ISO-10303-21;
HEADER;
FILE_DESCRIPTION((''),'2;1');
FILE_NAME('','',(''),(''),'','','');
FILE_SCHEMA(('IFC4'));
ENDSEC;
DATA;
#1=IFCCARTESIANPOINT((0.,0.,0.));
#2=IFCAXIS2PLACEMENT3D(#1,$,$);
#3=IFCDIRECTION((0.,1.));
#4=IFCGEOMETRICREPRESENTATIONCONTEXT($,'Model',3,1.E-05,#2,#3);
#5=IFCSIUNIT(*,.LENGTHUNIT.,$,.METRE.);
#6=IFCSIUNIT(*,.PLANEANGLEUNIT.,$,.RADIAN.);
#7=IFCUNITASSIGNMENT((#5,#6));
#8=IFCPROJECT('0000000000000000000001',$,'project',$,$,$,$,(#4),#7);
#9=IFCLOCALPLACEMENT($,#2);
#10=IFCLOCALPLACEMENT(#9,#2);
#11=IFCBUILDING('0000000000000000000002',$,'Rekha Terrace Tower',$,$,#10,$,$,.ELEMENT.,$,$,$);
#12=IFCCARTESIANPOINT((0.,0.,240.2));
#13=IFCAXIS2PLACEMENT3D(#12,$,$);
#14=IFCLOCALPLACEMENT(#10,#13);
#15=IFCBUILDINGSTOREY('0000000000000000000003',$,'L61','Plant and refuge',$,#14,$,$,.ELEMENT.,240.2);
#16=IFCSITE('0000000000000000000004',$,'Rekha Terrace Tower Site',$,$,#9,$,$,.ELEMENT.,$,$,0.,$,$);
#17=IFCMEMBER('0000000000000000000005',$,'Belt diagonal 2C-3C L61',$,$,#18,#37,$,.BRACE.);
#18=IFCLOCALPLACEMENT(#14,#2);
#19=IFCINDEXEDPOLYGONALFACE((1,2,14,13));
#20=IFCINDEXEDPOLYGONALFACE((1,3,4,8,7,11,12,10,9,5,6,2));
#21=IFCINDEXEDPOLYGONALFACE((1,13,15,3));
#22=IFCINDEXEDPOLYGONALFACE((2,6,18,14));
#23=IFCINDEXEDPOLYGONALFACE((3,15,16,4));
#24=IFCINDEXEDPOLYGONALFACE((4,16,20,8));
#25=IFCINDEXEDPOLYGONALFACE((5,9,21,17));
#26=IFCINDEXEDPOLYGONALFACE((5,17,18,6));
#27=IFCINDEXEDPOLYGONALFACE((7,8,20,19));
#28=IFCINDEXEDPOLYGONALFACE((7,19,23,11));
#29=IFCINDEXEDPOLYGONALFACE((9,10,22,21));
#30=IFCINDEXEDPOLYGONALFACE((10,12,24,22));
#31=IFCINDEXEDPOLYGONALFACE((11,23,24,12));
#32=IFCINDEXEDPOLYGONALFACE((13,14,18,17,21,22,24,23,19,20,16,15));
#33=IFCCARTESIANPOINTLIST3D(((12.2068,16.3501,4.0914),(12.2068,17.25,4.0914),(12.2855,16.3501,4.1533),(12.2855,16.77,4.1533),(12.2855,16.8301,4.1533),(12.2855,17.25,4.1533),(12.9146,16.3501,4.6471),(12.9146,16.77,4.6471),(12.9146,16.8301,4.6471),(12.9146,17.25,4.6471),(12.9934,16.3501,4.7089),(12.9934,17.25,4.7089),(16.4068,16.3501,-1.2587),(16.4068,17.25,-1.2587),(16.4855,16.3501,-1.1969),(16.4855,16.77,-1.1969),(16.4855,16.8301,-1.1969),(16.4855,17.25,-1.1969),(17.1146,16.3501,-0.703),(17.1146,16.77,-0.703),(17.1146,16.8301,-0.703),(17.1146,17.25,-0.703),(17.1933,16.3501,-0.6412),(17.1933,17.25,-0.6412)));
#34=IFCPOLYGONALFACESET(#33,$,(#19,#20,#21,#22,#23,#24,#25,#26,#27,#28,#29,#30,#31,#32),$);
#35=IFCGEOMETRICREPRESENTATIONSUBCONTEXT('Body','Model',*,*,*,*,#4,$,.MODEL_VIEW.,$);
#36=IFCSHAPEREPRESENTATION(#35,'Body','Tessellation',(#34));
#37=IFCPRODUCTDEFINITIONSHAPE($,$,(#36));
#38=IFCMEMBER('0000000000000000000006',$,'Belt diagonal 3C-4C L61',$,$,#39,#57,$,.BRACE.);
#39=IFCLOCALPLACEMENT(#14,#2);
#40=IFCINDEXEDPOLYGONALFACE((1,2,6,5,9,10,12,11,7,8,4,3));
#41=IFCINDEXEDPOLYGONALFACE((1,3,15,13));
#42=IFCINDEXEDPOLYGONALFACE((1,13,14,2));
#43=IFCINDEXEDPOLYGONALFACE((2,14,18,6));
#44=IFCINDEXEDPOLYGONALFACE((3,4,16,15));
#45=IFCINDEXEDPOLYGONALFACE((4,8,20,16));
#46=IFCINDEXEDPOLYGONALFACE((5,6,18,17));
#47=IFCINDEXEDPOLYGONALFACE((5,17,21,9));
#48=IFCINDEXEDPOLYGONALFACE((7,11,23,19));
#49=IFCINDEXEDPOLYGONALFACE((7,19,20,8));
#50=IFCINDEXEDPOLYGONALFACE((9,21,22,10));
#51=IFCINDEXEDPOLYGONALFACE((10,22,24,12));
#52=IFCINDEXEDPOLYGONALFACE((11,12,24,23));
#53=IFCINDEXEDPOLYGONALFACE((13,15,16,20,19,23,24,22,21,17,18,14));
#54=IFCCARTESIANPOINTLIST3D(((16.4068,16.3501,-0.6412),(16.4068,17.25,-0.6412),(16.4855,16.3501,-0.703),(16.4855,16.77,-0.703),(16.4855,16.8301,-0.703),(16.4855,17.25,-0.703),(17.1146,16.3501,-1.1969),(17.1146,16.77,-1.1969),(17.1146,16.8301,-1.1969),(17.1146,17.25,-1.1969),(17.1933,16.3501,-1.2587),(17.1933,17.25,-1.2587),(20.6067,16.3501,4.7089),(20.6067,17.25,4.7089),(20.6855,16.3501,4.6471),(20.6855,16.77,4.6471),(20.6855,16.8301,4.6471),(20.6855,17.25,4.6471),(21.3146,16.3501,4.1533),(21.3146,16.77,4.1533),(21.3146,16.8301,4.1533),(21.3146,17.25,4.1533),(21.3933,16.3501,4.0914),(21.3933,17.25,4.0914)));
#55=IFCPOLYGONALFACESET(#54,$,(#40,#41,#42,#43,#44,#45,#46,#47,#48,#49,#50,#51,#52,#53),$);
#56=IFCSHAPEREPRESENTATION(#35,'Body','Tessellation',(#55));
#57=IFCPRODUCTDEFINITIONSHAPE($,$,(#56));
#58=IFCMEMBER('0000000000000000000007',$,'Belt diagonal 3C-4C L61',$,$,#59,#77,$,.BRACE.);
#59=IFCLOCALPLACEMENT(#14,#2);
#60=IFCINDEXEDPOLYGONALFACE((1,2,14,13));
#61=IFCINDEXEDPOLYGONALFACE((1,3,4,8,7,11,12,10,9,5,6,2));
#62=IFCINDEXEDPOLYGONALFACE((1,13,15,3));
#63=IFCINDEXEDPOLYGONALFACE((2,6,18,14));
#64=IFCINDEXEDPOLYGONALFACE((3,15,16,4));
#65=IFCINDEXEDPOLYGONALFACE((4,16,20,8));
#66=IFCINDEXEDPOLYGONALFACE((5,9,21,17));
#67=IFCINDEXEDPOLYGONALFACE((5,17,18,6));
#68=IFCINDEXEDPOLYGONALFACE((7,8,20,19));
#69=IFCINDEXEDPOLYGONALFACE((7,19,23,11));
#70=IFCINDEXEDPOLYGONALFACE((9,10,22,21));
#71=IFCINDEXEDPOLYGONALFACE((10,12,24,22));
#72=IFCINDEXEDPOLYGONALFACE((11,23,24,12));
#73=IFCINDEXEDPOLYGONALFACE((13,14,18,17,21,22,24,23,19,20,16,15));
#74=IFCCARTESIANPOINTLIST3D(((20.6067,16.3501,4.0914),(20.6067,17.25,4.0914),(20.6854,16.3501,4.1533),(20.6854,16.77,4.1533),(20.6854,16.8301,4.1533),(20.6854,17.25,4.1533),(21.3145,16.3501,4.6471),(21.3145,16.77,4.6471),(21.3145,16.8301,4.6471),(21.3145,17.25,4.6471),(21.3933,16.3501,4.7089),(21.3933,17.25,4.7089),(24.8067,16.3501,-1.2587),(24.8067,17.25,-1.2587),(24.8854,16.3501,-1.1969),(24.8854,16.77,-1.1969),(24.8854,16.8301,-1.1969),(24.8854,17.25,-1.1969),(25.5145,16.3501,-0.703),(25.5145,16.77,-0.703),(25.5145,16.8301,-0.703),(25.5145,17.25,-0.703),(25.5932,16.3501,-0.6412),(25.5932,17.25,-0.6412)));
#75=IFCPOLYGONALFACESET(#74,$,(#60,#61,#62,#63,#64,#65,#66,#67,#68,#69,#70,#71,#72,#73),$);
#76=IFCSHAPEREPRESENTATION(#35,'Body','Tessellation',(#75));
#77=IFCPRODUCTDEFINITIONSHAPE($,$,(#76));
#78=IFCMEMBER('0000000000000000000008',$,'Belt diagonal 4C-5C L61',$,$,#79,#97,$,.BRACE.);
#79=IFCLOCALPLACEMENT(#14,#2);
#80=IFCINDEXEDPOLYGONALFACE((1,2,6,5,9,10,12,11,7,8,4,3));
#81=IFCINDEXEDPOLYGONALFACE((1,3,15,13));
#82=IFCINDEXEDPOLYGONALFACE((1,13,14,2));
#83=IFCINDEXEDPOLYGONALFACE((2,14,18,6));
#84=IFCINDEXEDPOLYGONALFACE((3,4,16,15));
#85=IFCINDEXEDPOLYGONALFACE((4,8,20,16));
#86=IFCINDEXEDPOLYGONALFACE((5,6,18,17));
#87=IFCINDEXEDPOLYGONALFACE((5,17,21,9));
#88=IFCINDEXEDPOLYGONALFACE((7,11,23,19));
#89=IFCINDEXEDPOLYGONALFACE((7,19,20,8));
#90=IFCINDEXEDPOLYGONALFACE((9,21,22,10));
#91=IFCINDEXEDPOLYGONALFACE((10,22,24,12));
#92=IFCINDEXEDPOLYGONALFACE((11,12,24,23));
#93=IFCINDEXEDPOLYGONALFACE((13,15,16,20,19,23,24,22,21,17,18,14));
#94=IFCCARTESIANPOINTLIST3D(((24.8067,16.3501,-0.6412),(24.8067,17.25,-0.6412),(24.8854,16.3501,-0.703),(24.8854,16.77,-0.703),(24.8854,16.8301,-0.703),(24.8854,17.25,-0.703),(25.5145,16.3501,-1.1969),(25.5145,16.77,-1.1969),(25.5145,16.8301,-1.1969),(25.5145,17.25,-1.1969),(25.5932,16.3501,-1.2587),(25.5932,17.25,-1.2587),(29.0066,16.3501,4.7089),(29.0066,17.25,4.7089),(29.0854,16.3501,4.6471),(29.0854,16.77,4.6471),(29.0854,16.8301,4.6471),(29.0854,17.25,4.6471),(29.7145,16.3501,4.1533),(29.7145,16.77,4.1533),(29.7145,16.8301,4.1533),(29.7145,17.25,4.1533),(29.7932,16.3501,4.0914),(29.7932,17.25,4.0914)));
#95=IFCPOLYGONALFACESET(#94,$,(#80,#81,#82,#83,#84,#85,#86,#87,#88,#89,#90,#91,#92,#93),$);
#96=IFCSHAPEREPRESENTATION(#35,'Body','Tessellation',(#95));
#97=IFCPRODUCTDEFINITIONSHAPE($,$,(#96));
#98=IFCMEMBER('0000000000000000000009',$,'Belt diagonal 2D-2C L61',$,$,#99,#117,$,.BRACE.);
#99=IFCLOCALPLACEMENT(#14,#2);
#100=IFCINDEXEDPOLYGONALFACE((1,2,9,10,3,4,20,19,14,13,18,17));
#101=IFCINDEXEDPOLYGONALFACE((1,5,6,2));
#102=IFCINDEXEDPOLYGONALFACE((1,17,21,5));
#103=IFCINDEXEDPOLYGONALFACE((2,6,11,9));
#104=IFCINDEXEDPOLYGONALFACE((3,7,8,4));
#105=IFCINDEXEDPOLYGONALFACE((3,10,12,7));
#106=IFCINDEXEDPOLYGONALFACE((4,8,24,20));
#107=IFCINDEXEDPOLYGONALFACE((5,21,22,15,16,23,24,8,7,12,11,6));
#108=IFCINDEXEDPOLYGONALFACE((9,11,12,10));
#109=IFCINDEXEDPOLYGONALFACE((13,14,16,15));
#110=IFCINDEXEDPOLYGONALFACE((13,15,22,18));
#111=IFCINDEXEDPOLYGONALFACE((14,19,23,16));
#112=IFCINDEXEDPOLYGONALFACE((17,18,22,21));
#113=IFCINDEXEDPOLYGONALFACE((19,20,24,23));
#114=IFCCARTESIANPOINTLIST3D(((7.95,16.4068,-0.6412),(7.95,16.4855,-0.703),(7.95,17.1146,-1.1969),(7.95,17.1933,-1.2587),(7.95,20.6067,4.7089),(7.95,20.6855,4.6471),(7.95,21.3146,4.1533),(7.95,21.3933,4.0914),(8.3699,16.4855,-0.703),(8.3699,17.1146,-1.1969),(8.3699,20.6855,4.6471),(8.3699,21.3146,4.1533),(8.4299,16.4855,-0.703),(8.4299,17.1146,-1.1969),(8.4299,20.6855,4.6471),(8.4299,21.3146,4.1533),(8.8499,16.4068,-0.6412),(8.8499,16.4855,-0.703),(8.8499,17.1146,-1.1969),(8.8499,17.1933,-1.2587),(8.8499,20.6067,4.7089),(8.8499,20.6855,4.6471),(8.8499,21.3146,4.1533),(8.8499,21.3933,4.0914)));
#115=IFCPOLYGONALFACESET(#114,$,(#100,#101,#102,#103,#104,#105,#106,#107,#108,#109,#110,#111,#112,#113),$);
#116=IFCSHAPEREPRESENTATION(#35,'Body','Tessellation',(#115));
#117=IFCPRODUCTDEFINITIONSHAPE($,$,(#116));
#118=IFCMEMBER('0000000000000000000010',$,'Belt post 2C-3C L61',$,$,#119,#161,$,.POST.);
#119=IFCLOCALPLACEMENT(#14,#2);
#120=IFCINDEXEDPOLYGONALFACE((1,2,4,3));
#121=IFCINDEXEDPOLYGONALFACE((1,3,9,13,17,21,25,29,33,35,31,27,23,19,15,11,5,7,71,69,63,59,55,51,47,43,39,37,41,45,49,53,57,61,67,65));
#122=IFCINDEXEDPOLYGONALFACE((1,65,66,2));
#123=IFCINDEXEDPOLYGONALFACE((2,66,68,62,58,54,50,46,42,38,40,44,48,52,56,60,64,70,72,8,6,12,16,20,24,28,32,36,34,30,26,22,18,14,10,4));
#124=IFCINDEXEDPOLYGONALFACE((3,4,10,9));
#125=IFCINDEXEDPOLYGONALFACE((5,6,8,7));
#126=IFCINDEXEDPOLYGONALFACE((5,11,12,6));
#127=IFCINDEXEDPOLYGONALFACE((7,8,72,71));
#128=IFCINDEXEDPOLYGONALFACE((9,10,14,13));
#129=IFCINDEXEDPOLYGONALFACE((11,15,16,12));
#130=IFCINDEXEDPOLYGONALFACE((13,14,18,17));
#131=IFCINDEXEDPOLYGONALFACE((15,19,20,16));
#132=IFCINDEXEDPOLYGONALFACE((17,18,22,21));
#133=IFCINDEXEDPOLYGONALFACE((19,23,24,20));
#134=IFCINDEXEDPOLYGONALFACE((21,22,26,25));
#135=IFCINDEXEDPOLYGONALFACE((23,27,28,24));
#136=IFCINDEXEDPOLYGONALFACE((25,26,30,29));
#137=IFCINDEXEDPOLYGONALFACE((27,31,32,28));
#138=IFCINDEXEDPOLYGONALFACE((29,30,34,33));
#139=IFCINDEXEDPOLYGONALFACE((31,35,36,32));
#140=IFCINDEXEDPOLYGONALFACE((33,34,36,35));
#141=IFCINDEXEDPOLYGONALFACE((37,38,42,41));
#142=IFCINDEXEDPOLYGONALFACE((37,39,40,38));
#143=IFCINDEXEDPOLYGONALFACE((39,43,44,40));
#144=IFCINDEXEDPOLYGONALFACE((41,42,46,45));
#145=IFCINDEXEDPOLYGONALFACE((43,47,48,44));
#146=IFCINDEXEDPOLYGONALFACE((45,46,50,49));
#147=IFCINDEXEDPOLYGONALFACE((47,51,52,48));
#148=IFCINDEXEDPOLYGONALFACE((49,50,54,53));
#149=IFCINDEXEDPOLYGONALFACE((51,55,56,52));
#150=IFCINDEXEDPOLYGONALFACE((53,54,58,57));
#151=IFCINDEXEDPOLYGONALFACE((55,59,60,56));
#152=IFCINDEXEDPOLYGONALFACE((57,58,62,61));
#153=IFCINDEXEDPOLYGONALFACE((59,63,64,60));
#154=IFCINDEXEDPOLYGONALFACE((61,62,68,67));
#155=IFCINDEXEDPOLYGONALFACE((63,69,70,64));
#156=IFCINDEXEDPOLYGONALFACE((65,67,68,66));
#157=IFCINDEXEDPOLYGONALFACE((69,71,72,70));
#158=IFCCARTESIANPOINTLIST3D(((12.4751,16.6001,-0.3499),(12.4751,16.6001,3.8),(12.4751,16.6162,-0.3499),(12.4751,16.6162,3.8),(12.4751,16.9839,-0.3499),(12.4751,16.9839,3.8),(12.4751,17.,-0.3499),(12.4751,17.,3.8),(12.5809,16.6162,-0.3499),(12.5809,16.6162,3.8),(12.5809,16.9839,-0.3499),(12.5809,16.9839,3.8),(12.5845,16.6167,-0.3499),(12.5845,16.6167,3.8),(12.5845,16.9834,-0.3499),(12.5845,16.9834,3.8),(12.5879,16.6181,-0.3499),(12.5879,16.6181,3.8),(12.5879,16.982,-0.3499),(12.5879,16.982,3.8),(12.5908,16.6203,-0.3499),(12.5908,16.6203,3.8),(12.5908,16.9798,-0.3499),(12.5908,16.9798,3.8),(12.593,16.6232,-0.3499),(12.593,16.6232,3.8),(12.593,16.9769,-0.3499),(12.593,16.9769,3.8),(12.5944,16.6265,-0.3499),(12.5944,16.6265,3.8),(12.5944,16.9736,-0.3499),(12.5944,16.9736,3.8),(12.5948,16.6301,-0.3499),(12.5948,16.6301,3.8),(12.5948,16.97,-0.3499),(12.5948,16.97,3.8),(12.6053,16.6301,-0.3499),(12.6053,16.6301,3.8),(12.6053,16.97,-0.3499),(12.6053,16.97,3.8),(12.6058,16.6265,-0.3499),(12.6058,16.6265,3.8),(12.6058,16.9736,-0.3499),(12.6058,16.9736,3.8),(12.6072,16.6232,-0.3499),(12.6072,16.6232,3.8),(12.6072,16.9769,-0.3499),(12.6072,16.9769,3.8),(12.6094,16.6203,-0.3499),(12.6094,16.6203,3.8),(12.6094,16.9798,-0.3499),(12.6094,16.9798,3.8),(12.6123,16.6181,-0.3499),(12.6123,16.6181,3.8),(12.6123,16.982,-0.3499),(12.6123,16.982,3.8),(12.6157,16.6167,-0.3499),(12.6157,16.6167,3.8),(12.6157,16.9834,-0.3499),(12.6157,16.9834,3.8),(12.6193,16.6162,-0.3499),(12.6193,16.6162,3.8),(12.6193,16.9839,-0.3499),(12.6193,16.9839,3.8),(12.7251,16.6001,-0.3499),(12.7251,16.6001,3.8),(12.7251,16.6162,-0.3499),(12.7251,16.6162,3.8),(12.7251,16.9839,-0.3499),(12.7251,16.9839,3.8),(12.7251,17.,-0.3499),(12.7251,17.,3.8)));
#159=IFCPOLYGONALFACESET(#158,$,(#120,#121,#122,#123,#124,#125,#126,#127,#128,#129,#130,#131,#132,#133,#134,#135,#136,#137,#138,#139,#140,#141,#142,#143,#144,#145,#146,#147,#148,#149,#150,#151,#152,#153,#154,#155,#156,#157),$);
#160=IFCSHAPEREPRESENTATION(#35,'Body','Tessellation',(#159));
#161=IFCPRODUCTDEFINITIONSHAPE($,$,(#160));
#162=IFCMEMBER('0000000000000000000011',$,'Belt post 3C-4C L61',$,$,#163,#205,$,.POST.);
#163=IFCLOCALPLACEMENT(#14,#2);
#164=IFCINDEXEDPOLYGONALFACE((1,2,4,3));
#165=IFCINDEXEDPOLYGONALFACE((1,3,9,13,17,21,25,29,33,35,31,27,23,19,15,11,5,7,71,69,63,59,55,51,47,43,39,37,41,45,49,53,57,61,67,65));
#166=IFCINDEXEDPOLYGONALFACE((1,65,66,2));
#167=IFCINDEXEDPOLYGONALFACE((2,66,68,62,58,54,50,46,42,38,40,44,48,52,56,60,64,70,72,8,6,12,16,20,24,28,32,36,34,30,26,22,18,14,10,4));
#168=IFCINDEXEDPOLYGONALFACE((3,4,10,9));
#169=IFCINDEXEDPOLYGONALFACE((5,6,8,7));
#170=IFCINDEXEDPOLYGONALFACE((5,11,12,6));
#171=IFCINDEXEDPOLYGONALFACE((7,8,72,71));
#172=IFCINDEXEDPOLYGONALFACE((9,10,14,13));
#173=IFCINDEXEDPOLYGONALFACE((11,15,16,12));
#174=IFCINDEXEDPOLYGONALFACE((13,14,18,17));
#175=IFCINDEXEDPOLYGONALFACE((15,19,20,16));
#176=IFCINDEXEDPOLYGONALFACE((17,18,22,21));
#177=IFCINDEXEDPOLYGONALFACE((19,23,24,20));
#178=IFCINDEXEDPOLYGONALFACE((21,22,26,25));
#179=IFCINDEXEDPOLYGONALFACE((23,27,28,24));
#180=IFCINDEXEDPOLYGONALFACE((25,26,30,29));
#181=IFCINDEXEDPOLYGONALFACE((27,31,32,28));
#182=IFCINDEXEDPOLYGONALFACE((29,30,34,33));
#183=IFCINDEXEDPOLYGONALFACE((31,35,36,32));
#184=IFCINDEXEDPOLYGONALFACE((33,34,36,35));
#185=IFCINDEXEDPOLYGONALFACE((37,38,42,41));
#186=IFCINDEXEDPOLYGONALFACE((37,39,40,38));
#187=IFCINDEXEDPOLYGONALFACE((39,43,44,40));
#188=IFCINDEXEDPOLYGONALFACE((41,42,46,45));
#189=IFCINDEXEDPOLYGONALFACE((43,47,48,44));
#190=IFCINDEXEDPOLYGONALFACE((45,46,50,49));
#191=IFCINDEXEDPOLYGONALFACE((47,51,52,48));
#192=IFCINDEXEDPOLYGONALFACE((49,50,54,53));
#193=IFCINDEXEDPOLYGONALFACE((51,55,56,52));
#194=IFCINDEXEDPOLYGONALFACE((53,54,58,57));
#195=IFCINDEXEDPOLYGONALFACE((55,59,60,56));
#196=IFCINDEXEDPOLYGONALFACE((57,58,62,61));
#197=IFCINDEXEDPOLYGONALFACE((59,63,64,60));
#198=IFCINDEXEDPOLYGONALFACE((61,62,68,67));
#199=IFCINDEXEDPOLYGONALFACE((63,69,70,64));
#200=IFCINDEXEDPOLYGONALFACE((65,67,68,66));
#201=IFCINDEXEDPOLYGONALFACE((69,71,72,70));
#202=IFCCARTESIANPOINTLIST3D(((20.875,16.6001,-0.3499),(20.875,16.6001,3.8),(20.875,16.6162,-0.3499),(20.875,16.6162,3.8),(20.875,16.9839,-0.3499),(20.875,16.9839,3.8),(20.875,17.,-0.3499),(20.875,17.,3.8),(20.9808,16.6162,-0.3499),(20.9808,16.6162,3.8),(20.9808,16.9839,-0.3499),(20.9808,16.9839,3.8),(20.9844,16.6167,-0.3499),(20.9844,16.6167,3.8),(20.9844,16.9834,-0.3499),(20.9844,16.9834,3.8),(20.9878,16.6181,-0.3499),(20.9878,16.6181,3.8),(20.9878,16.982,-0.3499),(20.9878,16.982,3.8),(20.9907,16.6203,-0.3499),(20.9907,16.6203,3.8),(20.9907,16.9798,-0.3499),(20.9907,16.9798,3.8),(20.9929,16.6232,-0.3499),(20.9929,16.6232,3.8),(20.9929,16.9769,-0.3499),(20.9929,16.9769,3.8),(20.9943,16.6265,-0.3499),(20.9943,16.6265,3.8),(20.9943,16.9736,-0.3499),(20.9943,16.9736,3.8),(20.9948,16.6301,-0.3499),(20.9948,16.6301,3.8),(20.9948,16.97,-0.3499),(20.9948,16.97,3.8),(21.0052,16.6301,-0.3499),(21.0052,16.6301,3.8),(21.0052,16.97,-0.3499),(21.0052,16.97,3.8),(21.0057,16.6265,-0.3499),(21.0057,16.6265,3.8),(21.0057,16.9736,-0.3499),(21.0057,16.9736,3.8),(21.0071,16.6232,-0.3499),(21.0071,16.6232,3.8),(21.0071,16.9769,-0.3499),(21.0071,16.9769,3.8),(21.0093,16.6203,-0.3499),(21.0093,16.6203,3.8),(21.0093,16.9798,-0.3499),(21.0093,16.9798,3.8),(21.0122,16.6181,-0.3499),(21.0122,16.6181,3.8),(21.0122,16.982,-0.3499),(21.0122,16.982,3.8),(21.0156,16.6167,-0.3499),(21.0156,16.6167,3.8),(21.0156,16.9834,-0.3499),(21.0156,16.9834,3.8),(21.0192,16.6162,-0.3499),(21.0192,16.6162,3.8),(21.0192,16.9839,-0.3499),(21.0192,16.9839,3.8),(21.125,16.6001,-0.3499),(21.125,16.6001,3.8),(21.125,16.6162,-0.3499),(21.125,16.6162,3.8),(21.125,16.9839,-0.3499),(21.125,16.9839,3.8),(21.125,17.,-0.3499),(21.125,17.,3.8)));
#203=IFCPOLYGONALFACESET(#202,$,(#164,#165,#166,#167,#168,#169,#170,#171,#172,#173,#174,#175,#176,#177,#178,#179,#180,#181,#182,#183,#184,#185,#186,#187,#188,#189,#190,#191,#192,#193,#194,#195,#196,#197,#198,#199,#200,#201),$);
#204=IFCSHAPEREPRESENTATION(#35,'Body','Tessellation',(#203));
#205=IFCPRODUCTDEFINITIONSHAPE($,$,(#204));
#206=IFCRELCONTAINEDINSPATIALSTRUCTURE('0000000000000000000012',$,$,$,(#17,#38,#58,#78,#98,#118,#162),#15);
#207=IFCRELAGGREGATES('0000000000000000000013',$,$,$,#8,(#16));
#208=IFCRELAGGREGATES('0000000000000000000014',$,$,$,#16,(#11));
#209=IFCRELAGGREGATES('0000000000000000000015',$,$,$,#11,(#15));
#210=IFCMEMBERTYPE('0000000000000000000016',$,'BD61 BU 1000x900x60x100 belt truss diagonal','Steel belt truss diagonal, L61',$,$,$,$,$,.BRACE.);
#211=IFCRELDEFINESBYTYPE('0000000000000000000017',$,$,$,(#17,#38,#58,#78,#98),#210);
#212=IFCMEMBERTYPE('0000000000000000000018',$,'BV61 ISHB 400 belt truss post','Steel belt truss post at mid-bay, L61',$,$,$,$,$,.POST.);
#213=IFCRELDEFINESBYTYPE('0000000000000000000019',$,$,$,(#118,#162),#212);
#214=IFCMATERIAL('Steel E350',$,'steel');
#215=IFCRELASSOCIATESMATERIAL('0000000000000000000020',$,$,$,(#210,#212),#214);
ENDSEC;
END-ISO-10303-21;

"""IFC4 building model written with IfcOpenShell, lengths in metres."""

from ifc_helpers import new_model, si_unit, direction, frame, origin, origin_2d, place, context, subcontext, project, spatial, i_section, extrude, material, material_profile, profile_set, type_object, element, save


model = new_model("IFC4")

# Units and contexts
model_context = context("Model", 3, precision=1e-05, world=origin(), true_north=direction((0.0, 1.0)))
body_context = subcontext(model_context, "Body", "Model", "MODEL_VIEW")
ifc_project = project(units=[si_unit("LENGTHUNIT", "METRE"), si_unit("PLANEANGLEUNIT", "RADIAN")], contexts=[model_context])

# Site, building, storey
site_placement = place(None, origin())
site = spatial("IfcSite", under=ifc_project, at=site_placement, Name="Rekha Terrace Tower Site", CompositionType="ELEMENT", RefElevation=0.0)
building_placement = place(site_placement, origin())
building = spatial("IfcBuilding", under=site, at=building_placement, Name="Rekha Terrace Tower", CompositionType="ELEMENT")
storey_placement = place(building_placement, frame((0.0, 0.0, 240.2)))
storey = spatial("IfcBuildingStorey", under=building, at=storey_placement, Name="L61", Description="Plant and refuge", CompositionType="ELEMENT", Elevation=240.2)

# Members
ifc_material_1 = material(Name="Steel E350", Category="steel")
ifc_material_profile_1 = material_profile(ifc_material_1, i_section(OverallWidth=0.8999, OverallDepth=1.0, WebThickness=0.0601, FlangeThickness=0.1001, at=origin_2d()), Name="BU 1000x900x60x100")
ifc_profile_set_1 = profile_set([ifc_material_profile_1], Name="Steel E350")
member_type_1 = type_object("IfcMemberType", Name="BD61 BU 1000x900x60x100 belt truss diagonal", Description="Steel belt truss diagonal, L61", PredefinedType="BRACE", material=ifc_profile_set_1)
for number, where, z_axis, x_axis, name in (
    (1, (16.8, 16.8, -0.95), (-0.617485, 0.0, 0.786582), (0.0, -1.0, 0.0), "Belt diagonal 2C-3C L61"),
    (2, (16.8, 16.8, -0.95), (0.617485, 0.0, 0.786582), (0.0, 1.0, 0.0), "Belt diagonal 3C-4C L61"),
    (3, (25.2, 16.8, -0.95), (-0.617485, 0.0, 0.786582), (0.0, -1.0, 0.0), "Belt diagonal 3C-4C L61"),
    (4, (25.2, 16.8, -0.95), (0.617485, 0.0, 0.786582), (0.0, 1.0, 0.0), "Belt diagonal 4C-5C L61"),
    (5, (8.3999, 16.8, -0.95), (0.0, 0.617485, 0.786582), (-1.0, 0.0, 0.0), "Belt diagonal 2D-2C L61"),
):
    element("IfcMember", number, at=place(storey_placement, frame(where, z_axis=z_axis, x_axis=x_axis)), inside=storey, type_object=member_type_1, Name=name, PredefinedType="BRACE", context=body_context, shape_type="SweptSolid", body=[
        extrude(i_section(OverallWidth=0.8999, OverallDepth=1.0, WebThickness=0.0601, FlangeThickness=0.1001, at=origin_2d()), origin(), (0.0, 0.0, 1.0), 6.8018),
    ])
ifc_material_profile_2 = material_profile(ifc_material_1, i_section(OverallWidth=0.25, OverallDepth=0.3999, WebThickness=0.0105, FlangeThickness=0.0161, FilletRadius=0.0139, at=origin_2d()), Name="ISHB 400")
ifc_profile_set_2 = profile_set([ifc_material_profile_2], Name="Steel E350")
member_type_2 = type_object("IfcMemberType", Name="BV61 ISHB 400 belt truss post", Description="Steel belt truss post at mid-bay, L61", PredefinedType="POST", material=ifc_profile_set_2)
for number, where, z_axis, x_axis, name in (
    (6, (12.6001, 16.8, -0.3499), (0.0, 0.0, 1.0), (1.0, 0.0, 0.0), "Belt post 2C-3C L61"),
    (7, (21.0, 16.8, -0.3499), (0.0, 0.0, 1.0), (1.0, 0.0, 0.0), "Belt post 3C-4C L61"),
):
    element("IfcMember", number, at=place(storey_placement, frame(where, z_axis=z_axis, x_axis=x_axis)), inside=storey, type_object=member_type_2, Name=name, PredefinedType="POST", context=body_context, shape_type="SweptSolid", body=[
        extrude(i_section(OverallWidth=0.25, OverallDepth=0.3999, WebThickness=0.0105, FlangeThickness=0.0161, FilletRadius=0.0139, at=origin_2d()), origin(), (0.0, 0.0, 1.0), 4.1499),
    ])

save(model, "model.ifc")
